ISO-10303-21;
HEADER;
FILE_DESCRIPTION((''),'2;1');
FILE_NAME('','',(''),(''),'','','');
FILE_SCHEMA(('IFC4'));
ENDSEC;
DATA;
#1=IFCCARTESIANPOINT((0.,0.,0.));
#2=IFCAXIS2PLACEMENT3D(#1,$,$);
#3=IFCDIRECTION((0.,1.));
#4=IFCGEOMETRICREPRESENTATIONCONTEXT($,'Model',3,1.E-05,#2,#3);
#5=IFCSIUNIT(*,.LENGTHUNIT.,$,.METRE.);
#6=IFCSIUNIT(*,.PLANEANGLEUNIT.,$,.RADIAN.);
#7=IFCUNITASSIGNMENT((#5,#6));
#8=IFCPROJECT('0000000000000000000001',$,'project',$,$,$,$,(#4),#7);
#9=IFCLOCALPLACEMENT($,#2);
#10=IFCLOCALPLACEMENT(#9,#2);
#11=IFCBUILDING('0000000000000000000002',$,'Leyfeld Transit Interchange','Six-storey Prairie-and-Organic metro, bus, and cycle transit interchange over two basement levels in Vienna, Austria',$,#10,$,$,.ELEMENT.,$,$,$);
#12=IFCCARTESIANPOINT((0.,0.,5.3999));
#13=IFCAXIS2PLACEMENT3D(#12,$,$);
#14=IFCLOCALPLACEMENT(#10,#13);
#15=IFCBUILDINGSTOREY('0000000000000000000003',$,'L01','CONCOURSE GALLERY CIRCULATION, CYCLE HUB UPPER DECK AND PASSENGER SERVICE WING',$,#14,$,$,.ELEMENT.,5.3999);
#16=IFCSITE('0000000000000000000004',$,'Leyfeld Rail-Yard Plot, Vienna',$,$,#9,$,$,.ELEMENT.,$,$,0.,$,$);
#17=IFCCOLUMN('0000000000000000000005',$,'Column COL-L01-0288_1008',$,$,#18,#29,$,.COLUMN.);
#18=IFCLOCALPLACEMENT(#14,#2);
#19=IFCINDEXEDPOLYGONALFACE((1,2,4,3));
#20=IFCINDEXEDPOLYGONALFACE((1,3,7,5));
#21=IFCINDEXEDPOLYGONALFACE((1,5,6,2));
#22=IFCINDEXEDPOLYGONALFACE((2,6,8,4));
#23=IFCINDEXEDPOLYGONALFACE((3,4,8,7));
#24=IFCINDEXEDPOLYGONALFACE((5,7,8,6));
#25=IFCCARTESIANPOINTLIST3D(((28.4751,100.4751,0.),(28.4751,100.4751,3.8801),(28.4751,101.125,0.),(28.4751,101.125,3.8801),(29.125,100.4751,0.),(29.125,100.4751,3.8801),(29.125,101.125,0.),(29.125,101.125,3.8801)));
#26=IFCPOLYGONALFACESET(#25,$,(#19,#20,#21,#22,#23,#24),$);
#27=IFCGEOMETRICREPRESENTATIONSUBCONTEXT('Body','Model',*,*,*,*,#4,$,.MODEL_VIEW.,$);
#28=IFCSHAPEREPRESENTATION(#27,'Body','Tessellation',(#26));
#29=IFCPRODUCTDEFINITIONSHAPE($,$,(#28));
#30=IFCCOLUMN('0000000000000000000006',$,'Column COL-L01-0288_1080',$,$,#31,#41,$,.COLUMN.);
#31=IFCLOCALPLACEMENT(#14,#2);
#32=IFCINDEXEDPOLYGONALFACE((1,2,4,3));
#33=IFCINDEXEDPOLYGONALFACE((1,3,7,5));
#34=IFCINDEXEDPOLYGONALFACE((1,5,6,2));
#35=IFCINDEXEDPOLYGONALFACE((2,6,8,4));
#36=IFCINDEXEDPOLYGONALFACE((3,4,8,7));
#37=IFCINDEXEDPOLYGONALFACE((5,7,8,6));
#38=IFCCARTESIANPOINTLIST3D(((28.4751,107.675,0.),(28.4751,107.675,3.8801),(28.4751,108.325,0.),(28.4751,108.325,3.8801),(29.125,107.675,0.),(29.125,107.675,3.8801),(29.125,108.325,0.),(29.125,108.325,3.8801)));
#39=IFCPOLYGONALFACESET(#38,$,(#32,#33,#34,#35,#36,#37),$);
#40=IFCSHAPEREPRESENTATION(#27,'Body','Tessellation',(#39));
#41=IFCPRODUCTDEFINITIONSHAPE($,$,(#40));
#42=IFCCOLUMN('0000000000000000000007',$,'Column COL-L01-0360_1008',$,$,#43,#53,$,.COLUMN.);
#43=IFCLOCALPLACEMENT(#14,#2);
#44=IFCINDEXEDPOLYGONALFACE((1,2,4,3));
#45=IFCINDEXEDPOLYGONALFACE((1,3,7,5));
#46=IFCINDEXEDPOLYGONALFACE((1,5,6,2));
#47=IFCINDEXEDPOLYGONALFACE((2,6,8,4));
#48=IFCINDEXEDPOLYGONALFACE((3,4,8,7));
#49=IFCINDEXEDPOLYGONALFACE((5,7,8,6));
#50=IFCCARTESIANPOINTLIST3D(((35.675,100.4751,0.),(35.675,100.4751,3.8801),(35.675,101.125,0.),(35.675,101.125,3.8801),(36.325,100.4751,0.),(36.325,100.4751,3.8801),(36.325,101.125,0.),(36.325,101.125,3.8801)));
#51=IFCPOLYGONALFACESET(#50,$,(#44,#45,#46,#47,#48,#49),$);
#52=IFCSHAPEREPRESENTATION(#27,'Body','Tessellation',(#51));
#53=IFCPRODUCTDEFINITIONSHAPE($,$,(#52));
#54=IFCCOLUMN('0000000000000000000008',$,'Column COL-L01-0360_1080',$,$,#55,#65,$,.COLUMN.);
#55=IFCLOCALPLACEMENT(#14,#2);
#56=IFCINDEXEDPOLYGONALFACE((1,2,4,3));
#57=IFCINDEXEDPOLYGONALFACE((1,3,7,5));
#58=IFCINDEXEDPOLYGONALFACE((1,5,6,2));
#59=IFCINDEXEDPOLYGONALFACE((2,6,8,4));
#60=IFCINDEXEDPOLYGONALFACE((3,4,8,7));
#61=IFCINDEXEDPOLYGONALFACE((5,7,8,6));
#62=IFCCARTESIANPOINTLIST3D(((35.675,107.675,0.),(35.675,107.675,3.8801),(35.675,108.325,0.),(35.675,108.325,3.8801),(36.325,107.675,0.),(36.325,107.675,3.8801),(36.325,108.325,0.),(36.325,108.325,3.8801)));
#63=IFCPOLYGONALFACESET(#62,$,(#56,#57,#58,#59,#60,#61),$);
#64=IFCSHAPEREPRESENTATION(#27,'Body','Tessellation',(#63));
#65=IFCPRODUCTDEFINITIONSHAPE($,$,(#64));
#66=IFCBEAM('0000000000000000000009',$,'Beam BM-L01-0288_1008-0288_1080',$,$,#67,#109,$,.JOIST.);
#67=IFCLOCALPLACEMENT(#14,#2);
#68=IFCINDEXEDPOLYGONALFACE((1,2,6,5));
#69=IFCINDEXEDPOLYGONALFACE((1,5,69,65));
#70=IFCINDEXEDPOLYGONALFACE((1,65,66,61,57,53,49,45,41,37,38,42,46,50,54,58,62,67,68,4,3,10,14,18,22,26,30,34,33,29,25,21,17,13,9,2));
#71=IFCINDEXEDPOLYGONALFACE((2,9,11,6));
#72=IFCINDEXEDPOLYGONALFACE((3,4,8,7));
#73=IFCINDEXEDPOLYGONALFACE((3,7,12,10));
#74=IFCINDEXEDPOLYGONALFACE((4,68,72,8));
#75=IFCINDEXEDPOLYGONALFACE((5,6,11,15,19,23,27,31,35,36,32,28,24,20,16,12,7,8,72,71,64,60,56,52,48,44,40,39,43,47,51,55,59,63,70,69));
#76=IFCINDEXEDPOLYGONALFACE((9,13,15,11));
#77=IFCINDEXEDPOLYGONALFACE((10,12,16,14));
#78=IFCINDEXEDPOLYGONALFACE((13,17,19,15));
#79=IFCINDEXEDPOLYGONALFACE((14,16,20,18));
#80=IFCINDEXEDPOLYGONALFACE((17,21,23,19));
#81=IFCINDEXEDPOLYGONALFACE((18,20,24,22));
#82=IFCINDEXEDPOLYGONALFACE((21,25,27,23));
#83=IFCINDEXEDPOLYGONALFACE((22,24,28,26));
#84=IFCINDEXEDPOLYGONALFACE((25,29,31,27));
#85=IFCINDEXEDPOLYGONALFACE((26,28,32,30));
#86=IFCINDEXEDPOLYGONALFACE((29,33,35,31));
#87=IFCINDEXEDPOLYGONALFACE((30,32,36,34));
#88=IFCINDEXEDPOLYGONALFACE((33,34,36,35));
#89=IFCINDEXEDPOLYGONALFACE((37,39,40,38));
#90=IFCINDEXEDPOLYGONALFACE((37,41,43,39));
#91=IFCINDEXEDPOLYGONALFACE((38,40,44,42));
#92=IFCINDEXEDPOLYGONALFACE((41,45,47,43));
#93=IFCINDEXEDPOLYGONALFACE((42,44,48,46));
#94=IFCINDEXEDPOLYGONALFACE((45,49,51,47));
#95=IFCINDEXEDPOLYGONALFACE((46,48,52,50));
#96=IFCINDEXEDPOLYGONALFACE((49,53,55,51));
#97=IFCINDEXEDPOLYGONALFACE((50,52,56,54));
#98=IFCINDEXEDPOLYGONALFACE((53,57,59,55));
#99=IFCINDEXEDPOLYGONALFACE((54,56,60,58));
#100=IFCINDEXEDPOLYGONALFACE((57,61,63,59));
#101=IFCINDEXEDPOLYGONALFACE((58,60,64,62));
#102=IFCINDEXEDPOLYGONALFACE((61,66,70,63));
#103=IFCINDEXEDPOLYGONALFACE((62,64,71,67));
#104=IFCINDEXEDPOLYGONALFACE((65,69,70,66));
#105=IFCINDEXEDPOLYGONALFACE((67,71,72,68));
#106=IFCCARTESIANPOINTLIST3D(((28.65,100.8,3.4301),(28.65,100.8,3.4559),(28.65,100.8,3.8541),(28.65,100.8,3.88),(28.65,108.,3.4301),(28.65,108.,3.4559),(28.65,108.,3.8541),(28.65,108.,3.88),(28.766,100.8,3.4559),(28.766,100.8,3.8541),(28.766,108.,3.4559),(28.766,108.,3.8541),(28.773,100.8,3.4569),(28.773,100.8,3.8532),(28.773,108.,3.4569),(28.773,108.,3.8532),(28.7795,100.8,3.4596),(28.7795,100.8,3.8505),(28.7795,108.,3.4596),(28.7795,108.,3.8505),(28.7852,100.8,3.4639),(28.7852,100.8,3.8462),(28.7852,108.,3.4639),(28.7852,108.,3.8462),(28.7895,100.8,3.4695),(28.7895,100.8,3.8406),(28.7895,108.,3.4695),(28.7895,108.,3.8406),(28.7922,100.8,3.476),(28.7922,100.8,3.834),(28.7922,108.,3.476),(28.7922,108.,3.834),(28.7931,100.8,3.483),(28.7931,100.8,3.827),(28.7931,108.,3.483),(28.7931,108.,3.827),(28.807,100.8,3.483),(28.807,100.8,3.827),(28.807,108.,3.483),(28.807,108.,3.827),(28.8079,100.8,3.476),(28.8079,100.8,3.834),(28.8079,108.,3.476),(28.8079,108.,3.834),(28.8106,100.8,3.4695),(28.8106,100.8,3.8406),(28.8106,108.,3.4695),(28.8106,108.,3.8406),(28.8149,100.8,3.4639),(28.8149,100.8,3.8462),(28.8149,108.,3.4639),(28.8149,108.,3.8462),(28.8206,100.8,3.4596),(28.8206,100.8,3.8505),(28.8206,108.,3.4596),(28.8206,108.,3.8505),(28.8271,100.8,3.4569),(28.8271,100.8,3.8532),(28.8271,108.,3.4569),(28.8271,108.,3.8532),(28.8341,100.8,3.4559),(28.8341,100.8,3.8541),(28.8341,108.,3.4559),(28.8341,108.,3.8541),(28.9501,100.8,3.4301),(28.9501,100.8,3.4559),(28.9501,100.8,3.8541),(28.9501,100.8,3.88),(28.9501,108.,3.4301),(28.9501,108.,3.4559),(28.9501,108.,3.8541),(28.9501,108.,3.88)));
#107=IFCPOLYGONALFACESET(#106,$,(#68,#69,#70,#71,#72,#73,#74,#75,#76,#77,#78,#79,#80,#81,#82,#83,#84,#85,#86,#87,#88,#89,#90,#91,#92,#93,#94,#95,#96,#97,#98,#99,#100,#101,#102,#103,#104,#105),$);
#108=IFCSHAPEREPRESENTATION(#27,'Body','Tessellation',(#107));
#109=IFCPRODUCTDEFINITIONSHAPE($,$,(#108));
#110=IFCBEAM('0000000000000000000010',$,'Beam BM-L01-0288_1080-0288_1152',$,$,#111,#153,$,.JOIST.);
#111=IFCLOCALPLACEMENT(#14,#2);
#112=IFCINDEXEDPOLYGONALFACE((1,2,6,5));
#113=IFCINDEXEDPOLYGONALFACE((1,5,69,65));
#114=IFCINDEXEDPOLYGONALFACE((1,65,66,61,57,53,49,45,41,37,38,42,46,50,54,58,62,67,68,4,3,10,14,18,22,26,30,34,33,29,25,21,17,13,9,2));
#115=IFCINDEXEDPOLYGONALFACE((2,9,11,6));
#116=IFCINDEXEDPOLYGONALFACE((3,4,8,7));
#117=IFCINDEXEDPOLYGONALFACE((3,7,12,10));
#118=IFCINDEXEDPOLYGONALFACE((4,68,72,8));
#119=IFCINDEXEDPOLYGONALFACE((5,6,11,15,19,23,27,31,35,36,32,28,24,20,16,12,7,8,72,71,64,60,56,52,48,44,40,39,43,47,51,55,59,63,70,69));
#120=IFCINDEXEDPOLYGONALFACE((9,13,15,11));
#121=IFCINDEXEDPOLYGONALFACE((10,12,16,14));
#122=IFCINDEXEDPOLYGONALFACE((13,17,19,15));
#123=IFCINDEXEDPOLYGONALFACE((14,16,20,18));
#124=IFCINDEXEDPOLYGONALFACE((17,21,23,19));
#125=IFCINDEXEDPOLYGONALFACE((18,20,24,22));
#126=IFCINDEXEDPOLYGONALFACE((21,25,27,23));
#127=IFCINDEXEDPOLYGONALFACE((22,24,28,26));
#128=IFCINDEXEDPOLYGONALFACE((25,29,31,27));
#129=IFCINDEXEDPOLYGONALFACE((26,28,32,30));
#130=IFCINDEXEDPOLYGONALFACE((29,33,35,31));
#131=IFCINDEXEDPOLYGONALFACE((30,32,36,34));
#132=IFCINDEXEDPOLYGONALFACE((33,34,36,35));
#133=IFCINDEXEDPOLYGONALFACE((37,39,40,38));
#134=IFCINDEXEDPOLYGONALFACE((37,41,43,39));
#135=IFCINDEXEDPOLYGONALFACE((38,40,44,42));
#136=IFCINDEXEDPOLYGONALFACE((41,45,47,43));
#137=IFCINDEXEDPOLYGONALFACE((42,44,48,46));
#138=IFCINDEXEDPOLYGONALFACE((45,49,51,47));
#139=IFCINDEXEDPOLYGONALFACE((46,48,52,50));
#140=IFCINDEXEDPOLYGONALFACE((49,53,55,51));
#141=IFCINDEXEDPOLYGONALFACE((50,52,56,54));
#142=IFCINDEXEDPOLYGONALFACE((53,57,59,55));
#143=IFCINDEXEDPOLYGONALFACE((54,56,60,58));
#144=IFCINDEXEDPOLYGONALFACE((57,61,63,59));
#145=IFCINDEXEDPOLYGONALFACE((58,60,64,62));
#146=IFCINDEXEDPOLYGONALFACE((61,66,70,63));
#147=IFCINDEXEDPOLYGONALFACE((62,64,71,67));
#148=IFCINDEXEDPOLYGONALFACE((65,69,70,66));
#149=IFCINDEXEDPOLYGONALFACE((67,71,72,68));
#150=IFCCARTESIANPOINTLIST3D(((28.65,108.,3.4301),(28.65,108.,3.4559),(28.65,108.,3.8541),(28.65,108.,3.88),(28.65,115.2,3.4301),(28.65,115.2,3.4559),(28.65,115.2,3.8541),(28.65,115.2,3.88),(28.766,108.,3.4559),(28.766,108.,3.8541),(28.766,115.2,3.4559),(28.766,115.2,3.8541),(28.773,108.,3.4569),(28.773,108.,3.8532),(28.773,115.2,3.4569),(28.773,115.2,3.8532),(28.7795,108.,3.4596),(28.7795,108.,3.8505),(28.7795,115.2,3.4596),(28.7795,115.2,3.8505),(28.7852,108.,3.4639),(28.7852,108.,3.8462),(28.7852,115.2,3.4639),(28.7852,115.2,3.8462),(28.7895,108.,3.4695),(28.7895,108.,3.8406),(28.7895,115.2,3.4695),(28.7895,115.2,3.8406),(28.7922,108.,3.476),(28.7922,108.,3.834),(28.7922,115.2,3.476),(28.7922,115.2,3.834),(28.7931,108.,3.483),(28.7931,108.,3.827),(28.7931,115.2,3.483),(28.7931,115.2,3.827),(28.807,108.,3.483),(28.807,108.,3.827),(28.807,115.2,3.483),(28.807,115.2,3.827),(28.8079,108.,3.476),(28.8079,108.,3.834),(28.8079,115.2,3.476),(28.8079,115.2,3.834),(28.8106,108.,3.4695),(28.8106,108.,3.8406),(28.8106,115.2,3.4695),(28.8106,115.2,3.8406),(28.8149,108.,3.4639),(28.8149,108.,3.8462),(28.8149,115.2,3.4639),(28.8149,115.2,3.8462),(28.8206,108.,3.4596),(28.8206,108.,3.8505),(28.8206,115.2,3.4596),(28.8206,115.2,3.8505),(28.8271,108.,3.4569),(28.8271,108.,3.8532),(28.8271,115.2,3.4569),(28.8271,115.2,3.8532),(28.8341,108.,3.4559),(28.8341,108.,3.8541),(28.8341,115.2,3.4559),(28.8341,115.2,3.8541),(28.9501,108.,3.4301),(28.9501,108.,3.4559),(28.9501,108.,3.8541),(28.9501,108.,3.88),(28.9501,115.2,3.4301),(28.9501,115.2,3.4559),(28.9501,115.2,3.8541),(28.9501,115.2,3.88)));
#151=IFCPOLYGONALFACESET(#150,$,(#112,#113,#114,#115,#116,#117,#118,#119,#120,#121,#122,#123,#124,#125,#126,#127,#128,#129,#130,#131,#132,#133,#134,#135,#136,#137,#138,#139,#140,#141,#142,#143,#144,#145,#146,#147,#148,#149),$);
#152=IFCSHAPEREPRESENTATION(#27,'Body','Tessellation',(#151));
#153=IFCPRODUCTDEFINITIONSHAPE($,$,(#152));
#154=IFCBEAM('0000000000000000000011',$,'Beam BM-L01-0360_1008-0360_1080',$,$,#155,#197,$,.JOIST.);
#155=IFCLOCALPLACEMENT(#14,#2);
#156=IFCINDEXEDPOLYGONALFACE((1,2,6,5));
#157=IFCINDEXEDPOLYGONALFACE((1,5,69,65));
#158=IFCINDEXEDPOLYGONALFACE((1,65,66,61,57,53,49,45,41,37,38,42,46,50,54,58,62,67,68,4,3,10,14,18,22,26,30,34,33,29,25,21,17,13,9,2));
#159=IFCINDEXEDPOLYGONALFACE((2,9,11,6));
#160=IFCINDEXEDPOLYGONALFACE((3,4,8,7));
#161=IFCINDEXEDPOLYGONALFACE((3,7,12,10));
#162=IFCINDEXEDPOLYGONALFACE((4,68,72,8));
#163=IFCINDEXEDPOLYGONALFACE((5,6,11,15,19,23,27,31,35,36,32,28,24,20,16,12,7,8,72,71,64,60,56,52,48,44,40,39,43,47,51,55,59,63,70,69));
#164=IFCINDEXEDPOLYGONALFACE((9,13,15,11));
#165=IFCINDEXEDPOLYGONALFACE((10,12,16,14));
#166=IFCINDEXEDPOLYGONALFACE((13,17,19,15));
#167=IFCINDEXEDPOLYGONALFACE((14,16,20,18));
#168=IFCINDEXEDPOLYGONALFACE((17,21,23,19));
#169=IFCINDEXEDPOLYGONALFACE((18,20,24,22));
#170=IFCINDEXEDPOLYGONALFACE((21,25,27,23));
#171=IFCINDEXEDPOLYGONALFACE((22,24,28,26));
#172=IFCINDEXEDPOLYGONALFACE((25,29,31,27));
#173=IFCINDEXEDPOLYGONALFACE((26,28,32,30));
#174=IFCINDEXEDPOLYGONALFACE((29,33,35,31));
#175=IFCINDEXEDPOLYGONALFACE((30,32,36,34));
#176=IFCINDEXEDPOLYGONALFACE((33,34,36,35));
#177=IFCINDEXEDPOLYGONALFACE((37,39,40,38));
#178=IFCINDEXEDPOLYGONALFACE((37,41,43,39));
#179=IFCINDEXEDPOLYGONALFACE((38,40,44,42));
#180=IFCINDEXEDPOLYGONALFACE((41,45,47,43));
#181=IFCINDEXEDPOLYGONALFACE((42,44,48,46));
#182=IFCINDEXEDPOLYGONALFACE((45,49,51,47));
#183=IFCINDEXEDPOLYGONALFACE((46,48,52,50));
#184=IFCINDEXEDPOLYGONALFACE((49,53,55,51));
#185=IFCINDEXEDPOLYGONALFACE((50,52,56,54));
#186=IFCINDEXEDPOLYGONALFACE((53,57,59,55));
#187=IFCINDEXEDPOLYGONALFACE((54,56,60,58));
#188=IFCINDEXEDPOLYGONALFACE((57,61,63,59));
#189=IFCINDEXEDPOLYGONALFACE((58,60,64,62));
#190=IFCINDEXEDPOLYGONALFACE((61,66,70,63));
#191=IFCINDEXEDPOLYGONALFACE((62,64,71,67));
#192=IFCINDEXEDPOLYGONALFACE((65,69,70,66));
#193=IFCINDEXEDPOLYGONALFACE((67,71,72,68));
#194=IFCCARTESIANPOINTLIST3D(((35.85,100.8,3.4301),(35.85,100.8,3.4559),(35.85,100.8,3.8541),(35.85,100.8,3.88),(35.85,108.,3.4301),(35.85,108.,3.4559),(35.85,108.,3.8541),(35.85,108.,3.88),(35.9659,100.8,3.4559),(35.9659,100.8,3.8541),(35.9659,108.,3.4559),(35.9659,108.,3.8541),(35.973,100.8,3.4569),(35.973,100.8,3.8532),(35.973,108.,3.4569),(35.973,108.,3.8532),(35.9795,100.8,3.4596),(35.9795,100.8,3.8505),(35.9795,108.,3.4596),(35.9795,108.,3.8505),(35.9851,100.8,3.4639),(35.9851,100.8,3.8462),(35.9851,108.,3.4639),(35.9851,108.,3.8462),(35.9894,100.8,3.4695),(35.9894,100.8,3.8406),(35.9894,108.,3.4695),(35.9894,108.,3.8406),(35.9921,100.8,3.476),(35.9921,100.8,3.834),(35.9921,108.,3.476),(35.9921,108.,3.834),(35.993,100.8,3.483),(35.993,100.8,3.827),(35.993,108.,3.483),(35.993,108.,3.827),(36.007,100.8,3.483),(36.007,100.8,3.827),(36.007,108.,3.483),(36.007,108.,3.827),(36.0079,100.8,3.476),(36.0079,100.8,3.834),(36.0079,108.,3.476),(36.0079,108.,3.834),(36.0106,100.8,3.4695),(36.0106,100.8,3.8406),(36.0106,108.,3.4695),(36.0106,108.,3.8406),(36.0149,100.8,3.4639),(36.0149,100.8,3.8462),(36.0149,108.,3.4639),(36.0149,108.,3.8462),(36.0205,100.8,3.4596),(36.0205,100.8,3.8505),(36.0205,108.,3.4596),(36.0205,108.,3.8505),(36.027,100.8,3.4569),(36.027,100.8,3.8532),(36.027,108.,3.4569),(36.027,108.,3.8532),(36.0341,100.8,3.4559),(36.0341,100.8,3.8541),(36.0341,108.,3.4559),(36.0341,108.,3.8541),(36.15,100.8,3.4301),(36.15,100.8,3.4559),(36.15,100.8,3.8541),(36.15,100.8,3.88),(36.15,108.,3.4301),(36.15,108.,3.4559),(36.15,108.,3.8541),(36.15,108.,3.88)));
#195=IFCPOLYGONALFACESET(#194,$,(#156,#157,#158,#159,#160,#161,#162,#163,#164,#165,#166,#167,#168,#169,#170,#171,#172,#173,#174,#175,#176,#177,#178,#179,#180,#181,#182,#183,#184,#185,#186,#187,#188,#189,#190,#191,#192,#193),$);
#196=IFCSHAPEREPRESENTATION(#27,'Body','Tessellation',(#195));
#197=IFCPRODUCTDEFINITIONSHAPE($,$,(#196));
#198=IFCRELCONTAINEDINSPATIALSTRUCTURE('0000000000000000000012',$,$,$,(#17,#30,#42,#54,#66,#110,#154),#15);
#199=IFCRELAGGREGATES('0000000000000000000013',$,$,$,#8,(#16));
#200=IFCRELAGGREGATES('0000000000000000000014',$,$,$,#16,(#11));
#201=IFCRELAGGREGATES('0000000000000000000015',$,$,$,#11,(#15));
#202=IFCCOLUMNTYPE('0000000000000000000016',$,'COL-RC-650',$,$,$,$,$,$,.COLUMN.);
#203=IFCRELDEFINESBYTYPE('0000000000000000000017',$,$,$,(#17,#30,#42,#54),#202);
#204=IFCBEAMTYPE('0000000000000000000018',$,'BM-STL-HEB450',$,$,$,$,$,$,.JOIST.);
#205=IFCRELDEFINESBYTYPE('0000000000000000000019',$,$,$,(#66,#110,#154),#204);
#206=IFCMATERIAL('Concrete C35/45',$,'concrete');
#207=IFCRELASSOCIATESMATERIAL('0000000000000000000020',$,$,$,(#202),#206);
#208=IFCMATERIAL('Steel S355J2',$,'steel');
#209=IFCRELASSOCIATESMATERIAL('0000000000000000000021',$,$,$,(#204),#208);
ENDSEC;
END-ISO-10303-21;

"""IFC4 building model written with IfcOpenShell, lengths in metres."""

from ifc_helpers import new_model, si_unit, direction, frame, origin, origin_2d, place, context, subcontext, project, spatial, rectangle, i_section, extrude, material, material_profile, profile_set, type_object, element, save


model = new_model("IFC4")

# Units and contexts
model_context = context("Model", 3, precision=1e-05, world=origin(), true_north=direction((0.0, 1.0)))
body_context = subcontext(model_context, "Body", "Model", "MODEL_VIEW")
ifc_project = project(units=[si_unit("LENGTHUNIT", "METRE"), si_unit("PLANEANGLEUNIT", "RADIAN")], contexts=[model_context])

# Site, building, storey
site_placement = place(None, origin())
site = spatial("IfcSite", under=ifc_project, at=site_placement, Name="Leyfeld Rail-Yard Plot, Vienna", CompositionType="ELEMENT", RefElevation=0.0)
building_placement = place(site_placement, origin())
building = spatial("IfcBuilding", under=site, at=building_placement, Name="Leyfeld Transit Interchange", Description="Six-storey Prairie-and-Organic metro, bus, and cycle transit interchange over two basement levels in Vienna, Austria", CompositionType="ELEMENT")
storey_placement = place(building_placement, frame((0.0, 0.0, 5.3999)))
storey = spatial("IfcBuildingStorey", under=building, at=storey_placement, Name="L01", Description="CONCOURSE GALLERY CIRCULATION, CYCLE HUB UPPER DECK AND PASSENGER SERVICE WING", CompositionType="ELEMENT", Elevation=5.3999)

# Columns
ifc_material_1 = material(Name="Concrete C35/45", Category="concrete")
ifc_material_profile_1 = material_profile(ifc_material_1, rectangle(XDim=0.6499, YDim=0.6499, at=origin_2d()), Name="RC 650x650")
ifc_profile_set_1 = profile_set([ifc_material_profile_1], Name="Concrete C35/45")
column_type = type_object("IfcColumnType", Name="COL-RC-650", PredefinedType="COLUMN", material=ifc_profile_set_1)
for number, where, z_axis, x_axis, name in (
    (1, (28.8, 100.8, 0.0), (0.0, 0.0, 1.0), (1.0, 0.0, 0.0), "Column COL-L01-0288_1008"),
    (2, (28.8, 108.0, 0.0), (0.0, 0.0, 1.0), (1.0, 0.0, 0.0), "Column COL-L01-0288_1080"),
    (3, (36.0, 100.8, 0.0), (0.0, 0.0, 1.0), (1.0, 0.0, 0.0), "Column COL-L01-0360_1008"),
    (4, (36.0, 108.0, 0.0), (0.0, 0.0, 1.0), (1.0, 0.0, 0.0), "Column COL-L01-0360_1080"),
):
    element("IfcColumn", number, at=place(storey_placement, frame(where, z_axis=z_axis, x_axis=x_axis)), inside=storey, type_object=column_type, Name=name, PredefinedType="COLUMN", context=body_context, shape_type="SweptSolid", body=[
        extrude(rectangle(XDim=0.6499, YDim=0.6499, at=origin_2d()), origin(), (0.0, 0.0, 1.0), 3.8801),
    ])

# Beams
ifc_material_2 = material(Name="Steel S355J2", Category="steel")
ifc_material_profile_2 = material_profile(ifc_material_2, i_section(OverallWidth=0.3, OverallDepth=0.45, WebThickness=0.0139, FlangeThickness=0.0259, FilletRadius=0.0271, at=origin_2d()), Name="HEB 450")
ifc_profile_set_2 = profile_set([ifc_material_profile_2], Name="Steel S355J2")
beam_type_1 = type_object("IfcBeamType", Name="BM-STL-HEB450", PredefinedType="JOIST", material=ifc_profile_set_2)
for number, where, z_axis, x_axis, name in (
    (5, (28.8, 100.8, 3.655), (0.0, 1.0, 0.0), (-1.0, 0.0, 0.0), "Beam BM-L01-0288_1008-0288_1080"),
    (6, (28.8, 108.0, 3.655), (0.0, 1.0, 0.0), (-1.0, 0.0, 0.0), "Beam BM-L01-0288_1080-0288_1152"),
    (7, (36.0, 100.8, 3.655), (0.0, 1.0, 0.0), (-1.0, 0.0, 0.0), "Beam BM-L01-0360_1008-0360_1080"),
):
    element("IfcBeam", number, at=place(storey_placement, frame(where, z_axis=z_axis, x_axis=x_axis)), inside=storey, type_object=beam_type_1, Name=name, PredefinedType="JOIST", context=body_context, shape_type="SweptSolid", body=[
        extrude(i_section(OverallWidth=0.3, OverallDepth=0.45, WebThickness=0.0139, FlangeThickness=0.0259, FilletRadius=0.0271, at=origin_2d()), origin(), (0.0, 0.0, 1.0), 7.2),
    ])

save(model, "model.ifc")
